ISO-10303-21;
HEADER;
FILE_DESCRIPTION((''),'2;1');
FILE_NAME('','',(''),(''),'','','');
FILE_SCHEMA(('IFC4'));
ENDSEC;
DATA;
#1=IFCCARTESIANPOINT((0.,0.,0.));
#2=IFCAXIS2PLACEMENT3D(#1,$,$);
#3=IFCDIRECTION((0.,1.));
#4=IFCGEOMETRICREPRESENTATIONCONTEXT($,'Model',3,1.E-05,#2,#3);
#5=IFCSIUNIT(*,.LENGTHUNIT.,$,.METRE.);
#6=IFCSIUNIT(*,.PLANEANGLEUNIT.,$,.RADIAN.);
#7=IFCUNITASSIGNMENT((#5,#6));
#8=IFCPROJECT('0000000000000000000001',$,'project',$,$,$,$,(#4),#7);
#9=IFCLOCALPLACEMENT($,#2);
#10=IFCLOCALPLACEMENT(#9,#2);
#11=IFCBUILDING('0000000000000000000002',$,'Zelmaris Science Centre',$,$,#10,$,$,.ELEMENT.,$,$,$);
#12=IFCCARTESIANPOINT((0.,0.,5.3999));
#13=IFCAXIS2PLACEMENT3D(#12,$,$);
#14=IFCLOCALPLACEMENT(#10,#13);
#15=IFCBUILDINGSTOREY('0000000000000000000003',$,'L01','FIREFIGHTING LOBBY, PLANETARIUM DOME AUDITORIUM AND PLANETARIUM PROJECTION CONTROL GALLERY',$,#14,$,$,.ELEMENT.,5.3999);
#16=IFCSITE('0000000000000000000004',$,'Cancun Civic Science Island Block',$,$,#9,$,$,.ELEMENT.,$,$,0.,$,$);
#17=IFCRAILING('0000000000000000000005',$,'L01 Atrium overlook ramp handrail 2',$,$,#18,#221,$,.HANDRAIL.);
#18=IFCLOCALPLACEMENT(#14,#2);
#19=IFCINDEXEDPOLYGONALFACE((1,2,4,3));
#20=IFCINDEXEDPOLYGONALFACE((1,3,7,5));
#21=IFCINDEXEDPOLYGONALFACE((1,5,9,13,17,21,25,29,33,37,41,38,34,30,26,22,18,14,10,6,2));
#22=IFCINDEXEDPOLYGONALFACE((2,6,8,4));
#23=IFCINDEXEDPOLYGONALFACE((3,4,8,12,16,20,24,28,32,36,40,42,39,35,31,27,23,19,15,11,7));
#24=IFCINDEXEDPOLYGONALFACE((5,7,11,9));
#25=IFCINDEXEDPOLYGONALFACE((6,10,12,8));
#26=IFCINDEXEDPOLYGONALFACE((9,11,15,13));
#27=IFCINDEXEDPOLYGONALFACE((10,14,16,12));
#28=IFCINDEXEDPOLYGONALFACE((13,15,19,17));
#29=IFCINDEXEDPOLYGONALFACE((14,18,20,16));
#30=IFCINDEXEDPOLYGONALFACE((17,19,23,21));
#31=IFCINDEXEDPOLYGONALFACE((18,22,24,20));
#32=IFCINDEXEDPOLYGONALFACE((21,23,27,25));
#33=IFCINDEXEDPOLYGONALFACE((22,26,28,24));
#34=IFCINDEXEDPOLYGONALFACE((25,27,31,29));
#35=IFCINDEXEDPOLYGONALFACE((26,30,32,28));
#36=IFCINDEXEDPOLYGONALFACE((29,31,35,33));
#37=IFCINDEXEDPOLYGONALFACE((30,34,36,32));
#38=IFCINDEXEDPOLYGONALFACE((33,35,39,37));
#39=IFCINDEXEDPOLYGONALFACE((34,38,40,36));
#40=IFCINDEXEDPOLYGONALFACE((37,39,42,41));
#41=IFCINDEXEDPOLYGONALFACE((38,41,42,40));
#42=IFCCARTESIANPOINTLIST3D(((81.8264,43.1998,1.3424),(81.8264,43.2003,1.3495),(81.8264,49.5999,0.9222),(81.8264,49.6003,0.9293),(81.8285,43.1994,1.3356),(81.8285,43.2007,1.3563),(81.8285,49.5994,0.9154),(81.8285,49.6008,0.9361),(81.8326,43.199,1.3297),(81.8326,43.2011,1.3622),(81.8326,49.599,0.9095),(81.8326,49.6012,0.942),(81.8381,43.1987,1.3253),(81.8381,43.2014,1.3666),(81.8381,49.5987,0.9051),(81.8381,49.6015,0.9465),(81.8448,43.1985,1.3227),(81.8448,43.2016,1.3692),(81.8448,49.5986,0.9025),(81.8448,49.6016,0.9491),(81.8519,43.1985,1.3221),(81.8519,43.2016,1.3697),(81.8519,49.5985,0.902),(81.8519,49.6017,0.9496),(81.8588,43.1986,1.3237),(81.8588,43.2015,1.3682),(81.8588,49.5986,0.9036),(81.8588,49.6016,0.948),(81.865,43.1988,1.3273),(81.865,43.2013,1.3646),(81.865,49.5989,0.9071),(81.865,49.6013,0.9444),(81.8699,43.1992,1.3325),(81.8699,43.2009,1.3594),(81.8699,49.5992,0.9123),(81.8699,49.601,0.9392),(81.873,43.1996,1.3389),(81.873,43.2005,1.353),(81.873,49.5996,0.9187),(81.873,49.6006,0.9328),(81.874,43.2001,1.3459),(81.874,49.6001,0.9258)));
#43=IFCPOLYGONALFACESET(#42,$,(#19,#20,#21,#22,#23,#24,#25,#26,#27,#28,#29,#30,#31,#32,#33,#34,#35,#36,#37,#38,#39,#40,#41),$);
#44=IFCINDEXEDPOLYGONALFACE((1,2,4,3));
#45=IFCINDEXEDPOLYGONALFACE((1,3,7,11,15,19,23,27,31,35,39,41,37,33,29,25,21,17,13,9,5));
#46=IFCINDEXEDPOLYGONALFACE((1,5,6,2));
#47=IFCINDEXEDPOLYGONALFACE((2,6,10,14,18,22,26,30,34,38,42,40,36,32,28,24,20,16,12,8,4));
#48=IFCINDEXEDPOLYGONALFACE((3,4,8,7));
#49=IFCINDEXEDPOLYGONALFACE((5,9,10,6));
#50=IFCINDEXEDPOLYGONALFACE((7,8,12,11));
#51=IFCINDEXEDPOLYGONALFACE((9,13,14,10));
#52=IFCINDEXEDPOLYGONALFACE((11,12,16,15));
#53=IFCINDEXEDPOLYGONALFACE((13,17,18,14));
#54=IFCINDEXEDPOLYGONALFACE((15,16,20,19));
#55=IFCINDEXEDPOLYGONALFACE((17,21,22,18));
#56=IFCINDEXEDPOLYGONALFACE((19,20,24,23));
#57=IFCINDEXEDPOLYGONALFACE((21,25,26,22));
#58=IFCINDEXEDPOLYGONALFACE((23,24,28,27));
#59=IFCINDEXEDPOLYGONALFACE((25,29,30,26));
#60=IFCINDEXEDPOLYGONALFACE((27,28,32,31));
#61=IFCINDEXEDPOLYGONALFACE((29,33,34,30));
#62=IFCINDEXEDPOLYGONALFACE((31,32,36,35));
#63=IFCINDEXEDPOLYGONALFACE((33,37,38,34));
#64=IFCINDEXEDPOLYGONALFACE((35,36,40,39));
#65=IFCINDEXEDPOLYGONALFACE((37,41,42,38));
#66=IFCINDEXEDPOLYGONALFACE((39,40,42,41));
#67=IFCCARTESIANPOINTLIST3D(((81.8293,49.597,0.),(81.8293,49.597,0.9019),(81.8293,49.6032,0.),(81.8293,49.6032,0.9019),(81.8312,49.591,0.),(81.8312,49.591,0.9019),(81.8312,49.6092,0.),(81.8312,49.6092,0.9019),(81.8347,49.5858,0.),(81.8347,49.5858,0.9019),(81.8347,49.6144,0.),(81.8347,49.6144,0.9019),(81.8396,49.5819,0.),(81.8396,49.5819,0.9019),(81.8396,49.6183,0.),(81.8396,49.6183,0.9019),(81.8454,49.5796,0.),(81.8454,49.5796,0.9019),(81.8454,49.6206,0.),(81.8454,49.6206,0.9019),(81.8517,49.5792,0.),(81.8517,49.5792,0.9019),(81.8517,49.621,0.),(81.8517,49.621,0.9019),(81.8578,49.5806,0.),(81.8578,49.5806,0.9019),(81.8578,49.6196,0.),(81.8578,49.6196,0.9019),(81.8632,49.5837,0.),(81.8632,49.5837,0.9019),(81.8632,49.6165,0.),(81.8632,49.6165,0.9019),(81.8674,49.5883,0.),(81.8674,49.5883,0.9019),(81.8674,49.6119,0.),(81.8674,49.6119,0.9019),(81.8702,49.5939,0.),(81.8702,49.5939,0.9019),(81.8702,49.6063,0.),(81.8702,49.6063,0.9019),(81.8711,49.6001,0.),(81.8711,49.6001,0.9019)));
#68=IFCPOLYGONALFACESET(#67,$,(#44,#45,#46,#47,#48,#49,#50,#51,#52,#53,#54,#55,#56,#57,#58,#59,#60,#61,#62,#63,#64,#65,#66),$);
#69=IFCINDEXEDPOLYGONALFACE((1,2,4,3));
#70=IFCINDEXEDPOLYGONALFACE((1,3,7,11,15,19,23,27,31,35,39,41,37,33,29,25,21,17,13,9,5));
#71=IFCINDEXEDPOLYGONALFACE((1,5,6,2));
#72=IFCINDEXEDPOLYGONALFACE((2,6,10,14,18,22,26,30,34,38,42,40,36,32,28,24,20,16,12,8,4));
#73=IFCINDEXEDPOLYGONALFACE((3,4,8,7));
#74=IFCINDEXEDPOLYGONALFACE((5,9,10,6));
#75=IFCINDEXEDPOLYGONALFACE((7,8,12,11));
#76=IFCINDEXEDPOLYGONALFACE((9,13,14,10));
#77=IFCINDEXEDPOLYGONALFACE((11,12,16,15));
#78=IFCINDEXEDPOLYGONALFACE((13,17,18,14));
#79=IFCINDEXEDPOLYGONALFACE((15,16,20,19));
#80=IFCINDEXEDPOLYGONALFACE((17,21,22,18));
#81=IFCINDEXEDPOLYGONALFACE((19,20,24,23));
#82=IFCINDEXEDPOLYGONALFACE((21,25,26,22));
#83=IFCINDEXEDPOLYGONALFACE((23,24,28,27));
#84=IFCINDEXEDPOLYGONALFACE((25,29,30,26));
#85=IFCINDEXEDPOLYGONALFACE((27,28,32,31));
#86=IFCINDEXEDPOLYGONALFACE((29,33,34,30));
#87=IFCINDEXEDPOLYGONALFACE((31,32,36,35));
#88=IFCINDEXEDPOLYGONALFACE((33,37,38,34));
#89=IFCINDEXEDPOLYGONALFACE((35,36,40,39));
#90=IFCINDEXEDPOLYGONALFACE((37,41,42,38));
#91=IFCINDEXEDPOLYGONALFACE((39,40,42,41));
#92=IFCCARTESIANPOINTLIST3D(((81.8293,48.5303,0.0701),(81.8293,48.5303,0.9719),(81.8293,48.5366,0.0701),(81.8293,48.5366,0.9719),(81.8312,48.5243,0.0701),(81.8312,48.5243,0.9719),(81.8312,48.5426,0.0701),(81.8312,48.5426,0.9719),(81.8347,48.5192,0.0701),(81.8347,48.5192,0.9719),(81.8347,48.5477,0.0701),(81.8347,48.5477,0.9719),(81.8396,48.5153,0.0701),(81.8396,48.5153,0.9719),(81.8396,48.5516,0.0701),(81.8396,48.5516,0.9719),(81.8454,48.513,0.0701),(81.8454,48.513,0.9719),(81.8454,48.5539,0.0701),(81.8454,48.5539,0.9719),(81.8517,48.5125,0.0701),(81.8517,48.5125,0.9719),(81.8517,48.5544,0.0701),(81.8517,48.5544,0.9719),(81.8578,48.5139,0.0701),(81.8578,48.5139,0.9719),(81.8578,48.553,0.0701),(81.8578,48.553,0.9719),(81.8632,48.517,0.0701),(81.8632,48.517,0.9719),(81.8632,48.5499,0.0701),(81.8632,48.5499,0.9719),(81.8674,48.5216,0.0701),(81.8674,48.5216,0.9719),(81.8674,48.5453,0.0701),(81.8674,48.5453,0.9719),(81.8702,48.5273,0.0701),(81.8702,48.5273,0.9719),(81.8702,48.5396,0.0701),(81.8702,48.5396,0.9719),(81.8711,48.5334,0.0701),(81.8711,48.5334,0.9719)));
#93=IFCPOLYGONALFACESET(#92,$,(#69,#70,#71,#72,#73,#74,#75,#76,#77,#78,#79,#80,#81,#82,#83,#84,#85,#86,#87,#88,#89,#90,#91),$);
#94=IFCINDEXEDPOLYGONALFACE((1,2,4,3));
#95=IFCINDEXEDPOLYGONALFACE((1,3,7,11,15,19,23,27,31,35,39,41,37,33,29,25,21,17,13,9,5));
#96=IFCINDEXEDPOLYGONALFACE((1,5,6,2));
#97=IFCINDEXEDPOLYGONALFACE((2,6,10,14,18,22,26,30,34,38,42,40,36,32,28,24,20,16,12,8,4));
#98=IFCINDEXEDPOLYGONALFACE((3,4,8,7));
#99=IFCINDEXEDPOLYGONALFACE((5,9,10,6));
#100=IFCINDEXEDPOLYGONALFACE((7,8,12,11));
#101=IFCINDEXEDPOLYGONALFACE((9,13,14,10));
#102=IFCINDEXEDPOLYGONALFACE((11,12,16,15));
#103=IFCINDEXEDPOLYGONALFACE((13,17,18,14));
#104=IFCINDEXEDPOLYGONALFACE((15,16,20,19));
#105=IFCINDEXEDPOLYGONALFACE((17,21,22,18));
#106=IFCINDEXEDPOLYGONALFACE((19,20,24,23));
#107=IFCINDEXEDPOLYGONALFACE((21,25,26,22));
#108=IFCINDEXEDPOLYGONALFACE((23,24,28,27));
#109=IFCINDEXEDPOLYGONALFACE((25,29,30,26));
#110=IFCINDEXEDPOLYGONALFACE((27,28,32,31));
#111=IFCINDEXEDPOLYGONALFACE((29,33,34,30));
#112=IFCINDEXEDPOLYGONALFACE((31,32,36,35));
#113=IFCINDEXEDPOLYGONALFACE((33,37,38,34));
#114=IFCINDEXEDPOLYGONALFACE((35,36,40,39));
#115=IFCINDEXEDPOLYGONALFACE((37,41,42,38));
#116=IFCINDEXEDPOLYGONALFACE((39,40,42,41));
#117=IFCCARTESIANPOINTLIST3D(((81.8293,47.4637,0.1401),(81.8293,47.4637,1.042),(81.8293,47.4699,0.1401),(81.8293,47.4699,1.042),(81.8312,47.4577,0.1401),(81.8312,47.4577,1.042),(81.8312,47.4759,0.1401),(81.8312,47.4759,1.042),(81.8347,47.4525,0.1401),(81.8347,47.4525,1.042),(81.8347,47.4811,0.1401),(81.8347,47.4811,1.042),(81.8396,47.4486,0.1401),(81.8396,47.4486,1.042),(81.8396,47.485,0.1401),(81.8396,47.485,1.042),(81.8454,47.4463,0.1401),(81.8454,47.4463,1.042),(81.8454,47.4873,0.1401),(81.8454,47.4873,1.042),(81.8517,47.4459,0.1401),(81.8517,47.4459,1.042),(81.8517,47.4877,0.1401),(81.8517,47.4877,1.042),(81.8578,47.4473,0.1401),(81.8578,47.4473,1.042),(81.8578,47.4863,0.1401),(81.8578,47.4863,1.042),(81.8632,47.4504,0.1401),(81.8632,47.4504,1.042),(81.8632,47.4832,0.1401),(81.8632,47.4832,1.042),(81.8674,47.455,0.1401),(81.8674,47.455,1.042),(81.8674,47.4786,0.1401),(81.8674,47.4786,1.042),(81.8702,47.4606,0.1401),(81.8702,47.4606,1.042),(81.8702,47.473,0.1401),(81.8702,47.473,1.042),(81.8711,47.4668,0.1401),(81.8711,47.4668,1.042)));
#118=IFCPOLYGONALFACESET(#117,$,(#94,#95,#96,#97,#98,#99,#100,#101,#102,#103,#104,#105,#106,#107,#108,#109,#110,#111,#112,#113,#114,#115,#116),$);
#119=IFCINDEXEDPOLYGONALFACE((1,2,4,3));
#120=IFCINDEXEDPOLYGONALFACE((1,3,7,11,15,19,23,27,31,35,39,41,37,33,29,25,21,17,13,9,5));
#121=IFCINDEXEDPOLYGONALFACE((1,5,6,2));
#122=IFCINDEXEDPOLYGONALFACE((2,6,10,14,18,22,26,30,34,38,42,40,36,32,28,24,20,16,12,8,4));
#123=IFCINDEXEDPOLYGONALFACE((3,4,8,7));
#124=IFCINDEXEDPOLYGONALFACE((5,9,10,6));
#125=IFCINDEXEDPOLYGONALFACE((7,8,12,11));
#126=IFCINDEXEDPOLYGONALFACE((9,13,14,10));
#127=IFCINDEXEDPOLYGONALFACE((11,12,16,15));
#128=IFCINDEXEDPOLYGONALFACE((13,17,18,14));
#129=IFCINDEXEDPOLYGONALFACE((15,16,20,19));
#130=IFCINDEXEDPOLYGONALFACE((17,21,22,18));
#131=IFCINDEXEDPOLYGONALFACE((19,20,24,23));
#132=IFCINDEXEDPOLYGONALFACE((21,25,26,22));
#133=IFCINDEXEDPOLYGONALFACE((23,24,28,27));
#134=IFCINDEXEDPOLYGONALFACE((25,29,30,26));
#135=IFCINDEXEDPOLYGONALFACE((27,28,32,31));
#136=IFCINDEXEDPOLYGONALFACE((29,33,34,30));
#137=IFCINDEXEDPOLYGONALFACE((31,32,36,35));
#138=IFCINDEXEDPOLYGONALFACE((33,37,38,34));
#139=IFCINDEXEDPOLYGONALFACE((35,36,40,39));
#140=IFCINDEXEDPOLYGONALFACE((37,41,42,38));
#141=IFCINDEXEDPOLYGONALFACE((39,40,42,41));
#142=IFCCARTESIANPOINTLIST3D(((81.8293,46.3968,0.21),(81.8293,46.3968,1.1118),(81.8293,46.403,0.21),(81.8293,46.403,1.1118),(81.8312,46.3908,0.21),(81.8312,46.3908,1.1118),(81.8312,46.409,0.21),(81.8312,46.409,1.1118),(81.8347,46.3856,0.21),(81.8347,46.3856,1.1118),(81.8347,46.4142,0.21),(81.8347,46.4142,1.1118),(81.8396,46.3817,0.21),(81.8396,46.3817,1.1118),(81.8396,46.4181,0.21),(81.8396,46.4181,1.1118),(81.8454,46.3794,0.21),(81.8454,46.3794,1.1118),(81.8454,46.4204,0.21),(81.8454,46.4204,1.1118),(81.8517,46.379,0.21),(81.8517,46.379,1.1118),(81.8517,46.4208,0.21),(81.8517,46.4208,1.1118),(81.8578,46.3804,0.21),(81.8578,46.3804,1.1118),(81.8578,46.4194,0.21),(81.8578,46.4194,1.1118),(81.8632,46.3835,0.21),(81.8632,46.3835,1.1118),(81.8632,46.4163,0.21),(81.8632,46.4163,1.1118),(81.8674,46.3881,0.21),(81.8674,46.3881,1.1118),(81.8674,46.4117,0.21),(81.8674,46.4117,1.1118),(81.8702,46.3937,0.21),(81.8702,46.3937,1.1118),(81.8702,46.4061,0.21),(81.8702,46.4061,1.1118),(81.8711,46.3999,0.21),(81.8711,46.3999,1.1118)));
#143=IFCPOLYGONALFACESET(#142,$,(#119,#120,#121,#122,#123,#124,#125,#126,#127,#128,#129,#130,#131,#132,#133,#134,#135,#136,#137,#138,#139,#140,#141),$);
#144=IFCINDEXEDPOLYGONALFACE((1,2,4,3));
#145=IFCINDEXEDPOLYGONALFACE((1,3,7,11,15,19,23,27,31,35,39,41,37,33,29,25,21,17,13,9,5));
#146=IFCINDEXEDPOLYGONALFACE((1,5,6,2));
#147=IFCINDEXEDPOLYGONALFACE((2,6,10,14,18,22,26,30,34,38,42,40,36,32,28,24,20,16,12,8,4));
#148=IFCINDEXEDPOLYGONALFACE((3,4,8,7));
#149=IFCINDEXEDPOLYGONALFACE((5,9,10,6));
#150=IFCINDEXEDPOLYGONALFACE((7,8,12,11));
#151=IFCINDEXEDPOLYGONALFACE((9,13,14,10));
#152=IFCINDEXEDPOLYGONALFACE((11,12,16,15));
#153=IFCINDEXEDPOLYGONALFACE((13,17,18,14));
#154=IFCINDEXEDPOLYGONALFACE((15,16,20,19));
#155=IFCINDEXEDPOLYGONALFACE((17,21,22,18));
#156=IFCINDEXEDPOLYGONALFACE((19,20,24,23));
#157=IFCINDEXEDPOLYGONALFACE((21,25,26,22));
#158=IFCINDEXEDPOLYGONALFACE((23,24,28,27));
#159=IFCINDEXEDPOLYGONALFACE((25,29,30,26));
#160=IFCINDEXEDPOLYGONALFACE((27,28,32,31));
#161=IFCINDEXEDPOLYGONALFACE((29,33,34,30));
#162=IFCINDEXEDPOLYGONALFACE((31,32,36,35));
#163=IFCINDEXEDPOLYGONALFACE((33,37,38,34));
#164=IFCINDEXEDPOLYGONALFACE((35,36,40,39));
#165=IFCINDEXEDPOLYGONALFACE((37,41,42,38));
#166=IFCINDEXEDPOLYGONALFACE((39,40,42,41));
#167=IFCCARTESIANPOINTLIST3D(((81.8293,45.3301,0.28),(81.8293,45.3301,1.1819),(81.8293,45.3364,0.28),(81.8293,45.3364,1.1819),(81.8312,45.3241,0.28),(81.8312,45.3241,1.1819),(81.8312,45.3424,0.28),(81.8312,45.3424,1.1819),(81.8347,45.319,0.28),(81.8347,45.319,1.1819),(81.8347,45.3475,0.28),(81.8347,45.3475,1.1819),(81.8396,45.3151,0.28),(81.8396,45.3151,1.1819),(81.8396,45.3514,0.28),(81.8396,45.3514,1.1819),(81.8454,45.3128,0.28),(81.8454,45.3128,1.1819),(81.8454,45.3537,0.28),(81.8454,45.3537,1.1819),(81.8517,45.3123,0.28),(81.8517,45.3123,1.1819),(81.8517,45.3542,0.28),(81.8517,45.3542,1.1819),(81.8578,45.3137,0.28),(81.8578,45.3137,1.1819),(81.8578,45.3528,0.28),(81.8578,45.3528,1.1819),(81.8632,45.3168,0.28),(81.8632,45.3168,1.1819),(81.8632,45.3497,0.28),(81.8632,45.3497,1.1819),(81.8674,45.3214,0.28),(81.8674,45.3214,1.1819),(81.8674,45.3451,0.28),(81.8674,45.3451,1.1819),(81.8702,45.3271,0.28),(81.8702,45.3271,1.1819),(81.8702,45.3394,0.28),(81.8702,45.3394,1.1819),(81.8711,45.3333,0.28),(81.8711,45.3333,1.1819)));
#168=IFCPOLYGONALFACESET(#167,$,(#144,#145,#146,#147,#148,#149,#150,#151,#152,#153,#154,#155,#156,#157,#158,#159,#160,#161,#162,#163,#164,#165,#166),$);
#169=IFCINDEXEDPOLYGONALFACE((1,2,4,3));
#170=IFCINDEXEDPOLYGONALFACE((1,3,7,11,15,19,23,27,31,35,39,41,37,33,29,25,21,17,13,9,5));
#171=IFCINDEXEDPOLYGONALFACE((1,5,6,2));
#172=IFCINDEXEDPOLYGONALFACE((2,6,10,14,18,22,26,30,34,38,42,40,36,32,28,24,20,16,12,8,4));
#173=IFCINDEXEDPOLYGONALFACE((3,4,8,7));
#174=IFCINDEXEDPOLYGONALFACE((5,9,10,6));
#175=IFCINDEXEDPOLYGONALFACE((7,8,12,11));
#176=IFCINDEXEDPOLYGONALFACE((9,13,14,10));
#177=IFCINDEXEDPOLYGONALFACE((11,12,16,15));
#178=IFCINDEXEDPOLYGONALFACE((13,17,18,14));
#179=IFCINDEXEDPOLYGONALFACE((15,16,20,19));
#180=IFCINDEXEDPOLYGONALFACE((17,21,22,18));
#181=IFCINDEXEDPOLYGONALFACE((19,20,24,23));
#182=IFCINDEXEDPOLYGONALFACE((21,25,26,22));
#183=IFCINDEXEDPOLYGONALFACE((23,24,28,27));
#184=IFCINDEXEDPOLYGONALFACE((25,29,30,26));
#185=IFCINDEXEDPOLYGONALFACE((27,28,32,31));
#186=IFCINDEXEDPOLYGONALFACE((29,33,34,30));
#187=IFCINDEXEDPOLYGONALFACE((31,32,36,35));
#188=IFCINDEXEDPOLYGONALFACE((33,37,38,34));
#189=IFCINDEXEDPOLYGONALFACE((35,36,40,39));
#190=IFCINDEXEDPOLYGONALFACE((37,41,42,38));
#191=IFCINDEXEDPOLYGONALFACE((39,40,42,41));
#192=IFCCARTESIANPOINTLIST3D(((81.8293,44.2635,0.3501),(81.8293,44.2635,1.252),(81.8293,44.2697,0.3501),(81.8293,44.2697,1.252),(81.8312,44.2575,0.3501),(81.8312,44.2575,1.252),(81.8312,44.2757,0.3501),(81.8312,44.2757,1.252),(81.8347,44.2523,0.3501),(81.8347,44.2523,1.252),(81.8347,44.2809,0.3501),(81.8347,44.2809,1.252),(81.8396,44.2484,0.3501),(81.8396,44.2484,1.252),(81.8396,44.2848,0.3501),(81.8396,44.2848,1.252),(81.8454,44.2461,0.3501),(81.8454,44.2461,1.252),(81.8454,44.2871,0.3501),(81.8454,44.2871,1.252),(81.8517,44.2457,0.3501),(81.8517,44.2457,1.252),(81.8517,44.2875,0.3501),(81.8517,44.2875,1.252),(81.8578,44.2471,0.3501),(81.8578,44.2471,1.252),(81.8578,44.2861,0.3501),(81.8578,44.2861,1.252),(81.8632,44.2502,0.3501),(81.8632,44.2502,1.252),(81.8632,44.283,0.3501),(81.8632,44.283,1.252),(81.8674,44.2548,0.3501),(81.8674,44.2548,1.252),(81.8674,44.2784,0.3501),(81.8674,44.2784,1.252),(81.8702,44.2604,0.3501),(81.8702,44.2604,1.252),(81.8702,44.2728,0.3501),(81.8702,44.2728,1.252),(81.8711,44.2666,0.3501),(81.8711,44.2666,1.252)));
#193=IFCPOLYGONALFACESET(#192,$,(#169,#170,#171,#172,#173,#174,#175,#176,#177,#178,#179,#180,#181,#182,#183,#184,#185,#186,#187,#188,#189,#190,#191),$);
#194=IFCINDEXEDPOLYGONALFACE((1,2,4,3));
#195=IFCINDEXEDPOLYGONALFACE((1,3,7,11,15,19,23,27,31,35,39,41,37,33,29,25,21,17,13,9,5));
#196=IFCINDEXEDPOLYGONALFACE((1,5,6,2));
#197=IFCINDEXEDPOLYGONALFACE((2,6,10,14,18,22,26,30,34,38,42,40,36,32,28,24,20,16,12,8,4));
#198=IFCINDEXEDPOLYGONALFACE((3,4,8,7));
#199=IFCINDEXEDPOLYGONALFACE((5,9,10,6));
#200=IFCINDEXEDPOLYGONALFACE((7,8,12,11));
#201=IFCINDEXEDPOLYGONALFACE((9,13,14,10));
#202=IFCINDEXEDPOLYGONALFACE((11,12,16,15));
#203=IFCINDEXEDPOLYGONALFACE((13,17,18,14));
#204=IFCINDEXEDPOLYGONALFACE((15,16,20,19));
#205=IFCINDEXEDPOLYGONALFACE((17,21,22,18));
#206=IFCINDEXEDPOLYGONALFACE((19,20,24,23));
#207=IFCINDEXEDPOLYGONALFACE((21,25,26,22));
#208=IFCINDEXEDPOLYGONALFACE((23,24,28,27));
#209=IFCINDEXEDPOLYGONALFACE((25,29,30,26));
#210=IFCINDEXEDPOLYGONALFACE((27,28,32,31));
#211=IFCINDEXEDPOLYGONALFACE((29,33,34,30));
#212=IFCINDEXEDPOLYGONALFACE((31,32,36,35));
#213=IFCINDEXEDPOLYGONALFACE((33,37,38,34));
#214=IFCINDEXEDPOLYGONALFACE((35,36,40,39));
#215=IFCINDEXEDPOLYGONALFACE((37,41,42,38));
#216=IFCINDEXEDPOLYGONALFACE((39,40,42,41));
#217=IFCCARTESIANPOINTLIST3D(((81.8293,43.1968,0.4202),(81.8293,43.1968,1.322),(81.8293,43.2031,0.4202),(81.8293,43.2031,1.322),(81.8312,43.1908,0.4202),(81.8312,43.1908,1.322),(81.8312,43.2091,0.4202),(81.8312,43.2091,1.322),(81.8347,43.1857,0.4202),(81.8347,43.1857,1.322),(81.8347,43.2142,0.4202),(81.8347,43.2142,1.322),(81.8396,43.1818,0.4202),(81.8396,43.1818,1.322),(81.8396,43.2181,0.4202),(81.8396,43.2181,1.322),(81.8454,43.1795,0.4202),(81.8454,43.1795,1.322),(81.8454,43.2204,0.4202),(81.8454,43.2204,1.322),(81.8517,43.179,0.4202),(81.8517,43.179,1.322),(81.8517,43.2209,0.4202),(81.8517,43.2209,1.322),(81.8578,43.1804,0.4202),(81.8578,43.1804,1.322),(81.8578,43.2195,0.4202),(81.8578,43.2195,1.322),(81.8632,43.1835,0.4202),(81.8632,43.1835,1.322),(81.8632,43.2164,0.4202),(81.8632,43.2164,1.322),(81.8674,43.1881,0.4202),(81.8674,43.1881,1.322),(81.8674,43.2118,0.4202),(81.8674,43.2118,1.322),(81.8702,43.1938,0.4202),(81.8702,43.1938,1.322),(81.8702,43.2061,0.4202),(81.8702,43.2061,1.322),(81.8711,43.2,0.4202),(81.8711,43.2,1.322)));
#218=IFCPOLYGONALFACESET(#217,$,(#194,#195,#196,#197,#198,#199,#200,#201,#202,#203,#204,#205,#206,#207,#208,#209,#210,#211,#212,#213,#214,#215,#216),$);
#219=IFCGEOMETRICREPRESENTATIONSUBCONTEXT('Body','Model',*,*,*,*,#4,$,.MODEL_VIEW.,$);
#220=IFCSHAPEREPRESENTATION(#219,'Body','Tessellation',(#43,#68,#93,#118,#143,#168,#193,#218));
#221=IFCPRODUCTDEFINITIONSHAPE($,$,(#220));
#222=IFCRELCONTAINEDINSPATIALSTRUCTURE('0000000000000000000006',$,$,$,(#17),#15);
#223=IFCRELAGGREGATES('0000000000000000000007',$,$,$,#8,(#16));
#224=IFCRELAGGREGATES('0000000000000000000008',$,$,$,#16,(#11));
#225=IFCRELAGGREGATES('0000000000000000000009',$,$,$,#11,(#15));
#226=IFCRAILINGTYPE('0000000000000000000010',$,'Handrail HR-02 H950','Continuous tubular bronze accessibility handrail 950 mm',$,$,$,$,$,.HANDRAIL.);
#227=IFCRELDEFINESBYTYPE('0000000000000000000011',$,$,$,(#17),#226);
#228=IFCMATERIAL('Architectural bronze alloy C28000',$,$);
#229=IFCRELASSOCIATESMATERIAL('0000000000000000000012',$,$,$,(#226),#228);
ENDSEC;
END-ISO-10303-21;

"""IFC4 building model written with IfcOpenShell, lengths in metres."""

from ifc_helpers import new_model, si_unit, direction, frame, origin, origin_2d, place, context, subcontext, project, spatial, circle, extrude, material, type_object, element, save


model = new_model("IFC4")

# Units and contexts
model_context = context("Model", 3, precision=1e-05, world=origin(), true_north=direction((0.0, 1.0)))
body_context = subcontext(model_context, "Body", "Model", "MODEL_VIEW")
ifc_project = project(units=[si_unit("LENGTHUNIT", "METRE"), si_unit("PLANEANGLEUNIT", "RADIAN")], contexts=[model_context])

# Site, building, storey
site_placement = place(None, origin())
site = spatial("IfcSite", under=ifc_project, at=site_placement, Name="Cancun Civic Science Island Block", CompositionType="ELEMENT", RefElevation=0.0)
building_placement = place(site_placement, origin())
building = spatial("IfcBuilding", under=site, at=building_placement, Name="Zelmaris Science Centre", CompositionType="ELEMENT")
storey_placement = place(building_placement, frame((0.0, 0.0, 5.3999)))
storey = spatial("IfcBuildingStorey", under=building, at=storey_placement, Name="L01", Description="FIREFIGHTING LOBBY, PLANETARIUM DOME AUDITORIUM AND PLANETARIUM PROJECTION CONTROL GALLERY", CompositionType="ELEMENT", Elevation=5.3999)

# Railing
ifc_material_1 = material(Name="Architectural bronze alloy C28000")
railing_type = type_object("IfcRailingType", Name="Handrail HR-02 H950", Description="Continuous tubular bronze accessibility handrail 950 mm", PredefinedType="HANDRAIL", material=ifc_material_1)
railing_placement = place(storey_placement, frame((81.8501, 49.6001, 0.0)))
element("IfcRailing", 1, at=railing_placement, inside=storey, type_object=railing_type, Name="L01 Atrium overlook ramp handrail 2", PredefinedType="HANDRAIL", context=body_context, shape_type="SweptSolid", body=[
    extrude(circle(Radius=0.0239, at=origin_2d()), frame((0.0, 0.0, 0.9258), z_axis=(0.0, -0.997852, 0.065508), x_axis=(1.0, 0.0, 0.0)), (0.0, 0.0, 1.0), 6.4138),
    extrude(circle(Radius=0.021, at=origin_2d()), origin(), (0.0, 0.0, 1.0), 0.9019),
    extrude(circle(Radius=0.021, at=origin_2d()), frame((0.0, -1.0667, 0.0701)), (0.0, 0.0, 1.0), 0.9019),
    extrude(circle(Radius=0.021, at=origin_2d()), frame((0.0, -2.1333, 0.1401)), (0.0, 0.0, 1.0), 0.9019),
    extrude(circle(Radius=0.021, at=origin_2d()), frame((0.0, -3.2002, 0.21)), (0.0, 0.0, 1.0), 0.9019),
    extrude(circle(Radius=0.021, at=origin_2d()), frame((0.0, -4.2668, 0.28)), (0.0, 0.0, 1.0), 0.9019),
    extrude(circle(Radius=0.021, at=origin_2d()), frame((0.0, -5.3335, 0.3501)), (0.0, 0.0, 1.0), 0.9019),
    extrude(circle(Radius=0.021, at=origin_2d()), frame((0.0, -6.4001, 0.4202)), (0.0, 0.0, 1.0), 0.9019),
])

save(model, "model.ifc")
